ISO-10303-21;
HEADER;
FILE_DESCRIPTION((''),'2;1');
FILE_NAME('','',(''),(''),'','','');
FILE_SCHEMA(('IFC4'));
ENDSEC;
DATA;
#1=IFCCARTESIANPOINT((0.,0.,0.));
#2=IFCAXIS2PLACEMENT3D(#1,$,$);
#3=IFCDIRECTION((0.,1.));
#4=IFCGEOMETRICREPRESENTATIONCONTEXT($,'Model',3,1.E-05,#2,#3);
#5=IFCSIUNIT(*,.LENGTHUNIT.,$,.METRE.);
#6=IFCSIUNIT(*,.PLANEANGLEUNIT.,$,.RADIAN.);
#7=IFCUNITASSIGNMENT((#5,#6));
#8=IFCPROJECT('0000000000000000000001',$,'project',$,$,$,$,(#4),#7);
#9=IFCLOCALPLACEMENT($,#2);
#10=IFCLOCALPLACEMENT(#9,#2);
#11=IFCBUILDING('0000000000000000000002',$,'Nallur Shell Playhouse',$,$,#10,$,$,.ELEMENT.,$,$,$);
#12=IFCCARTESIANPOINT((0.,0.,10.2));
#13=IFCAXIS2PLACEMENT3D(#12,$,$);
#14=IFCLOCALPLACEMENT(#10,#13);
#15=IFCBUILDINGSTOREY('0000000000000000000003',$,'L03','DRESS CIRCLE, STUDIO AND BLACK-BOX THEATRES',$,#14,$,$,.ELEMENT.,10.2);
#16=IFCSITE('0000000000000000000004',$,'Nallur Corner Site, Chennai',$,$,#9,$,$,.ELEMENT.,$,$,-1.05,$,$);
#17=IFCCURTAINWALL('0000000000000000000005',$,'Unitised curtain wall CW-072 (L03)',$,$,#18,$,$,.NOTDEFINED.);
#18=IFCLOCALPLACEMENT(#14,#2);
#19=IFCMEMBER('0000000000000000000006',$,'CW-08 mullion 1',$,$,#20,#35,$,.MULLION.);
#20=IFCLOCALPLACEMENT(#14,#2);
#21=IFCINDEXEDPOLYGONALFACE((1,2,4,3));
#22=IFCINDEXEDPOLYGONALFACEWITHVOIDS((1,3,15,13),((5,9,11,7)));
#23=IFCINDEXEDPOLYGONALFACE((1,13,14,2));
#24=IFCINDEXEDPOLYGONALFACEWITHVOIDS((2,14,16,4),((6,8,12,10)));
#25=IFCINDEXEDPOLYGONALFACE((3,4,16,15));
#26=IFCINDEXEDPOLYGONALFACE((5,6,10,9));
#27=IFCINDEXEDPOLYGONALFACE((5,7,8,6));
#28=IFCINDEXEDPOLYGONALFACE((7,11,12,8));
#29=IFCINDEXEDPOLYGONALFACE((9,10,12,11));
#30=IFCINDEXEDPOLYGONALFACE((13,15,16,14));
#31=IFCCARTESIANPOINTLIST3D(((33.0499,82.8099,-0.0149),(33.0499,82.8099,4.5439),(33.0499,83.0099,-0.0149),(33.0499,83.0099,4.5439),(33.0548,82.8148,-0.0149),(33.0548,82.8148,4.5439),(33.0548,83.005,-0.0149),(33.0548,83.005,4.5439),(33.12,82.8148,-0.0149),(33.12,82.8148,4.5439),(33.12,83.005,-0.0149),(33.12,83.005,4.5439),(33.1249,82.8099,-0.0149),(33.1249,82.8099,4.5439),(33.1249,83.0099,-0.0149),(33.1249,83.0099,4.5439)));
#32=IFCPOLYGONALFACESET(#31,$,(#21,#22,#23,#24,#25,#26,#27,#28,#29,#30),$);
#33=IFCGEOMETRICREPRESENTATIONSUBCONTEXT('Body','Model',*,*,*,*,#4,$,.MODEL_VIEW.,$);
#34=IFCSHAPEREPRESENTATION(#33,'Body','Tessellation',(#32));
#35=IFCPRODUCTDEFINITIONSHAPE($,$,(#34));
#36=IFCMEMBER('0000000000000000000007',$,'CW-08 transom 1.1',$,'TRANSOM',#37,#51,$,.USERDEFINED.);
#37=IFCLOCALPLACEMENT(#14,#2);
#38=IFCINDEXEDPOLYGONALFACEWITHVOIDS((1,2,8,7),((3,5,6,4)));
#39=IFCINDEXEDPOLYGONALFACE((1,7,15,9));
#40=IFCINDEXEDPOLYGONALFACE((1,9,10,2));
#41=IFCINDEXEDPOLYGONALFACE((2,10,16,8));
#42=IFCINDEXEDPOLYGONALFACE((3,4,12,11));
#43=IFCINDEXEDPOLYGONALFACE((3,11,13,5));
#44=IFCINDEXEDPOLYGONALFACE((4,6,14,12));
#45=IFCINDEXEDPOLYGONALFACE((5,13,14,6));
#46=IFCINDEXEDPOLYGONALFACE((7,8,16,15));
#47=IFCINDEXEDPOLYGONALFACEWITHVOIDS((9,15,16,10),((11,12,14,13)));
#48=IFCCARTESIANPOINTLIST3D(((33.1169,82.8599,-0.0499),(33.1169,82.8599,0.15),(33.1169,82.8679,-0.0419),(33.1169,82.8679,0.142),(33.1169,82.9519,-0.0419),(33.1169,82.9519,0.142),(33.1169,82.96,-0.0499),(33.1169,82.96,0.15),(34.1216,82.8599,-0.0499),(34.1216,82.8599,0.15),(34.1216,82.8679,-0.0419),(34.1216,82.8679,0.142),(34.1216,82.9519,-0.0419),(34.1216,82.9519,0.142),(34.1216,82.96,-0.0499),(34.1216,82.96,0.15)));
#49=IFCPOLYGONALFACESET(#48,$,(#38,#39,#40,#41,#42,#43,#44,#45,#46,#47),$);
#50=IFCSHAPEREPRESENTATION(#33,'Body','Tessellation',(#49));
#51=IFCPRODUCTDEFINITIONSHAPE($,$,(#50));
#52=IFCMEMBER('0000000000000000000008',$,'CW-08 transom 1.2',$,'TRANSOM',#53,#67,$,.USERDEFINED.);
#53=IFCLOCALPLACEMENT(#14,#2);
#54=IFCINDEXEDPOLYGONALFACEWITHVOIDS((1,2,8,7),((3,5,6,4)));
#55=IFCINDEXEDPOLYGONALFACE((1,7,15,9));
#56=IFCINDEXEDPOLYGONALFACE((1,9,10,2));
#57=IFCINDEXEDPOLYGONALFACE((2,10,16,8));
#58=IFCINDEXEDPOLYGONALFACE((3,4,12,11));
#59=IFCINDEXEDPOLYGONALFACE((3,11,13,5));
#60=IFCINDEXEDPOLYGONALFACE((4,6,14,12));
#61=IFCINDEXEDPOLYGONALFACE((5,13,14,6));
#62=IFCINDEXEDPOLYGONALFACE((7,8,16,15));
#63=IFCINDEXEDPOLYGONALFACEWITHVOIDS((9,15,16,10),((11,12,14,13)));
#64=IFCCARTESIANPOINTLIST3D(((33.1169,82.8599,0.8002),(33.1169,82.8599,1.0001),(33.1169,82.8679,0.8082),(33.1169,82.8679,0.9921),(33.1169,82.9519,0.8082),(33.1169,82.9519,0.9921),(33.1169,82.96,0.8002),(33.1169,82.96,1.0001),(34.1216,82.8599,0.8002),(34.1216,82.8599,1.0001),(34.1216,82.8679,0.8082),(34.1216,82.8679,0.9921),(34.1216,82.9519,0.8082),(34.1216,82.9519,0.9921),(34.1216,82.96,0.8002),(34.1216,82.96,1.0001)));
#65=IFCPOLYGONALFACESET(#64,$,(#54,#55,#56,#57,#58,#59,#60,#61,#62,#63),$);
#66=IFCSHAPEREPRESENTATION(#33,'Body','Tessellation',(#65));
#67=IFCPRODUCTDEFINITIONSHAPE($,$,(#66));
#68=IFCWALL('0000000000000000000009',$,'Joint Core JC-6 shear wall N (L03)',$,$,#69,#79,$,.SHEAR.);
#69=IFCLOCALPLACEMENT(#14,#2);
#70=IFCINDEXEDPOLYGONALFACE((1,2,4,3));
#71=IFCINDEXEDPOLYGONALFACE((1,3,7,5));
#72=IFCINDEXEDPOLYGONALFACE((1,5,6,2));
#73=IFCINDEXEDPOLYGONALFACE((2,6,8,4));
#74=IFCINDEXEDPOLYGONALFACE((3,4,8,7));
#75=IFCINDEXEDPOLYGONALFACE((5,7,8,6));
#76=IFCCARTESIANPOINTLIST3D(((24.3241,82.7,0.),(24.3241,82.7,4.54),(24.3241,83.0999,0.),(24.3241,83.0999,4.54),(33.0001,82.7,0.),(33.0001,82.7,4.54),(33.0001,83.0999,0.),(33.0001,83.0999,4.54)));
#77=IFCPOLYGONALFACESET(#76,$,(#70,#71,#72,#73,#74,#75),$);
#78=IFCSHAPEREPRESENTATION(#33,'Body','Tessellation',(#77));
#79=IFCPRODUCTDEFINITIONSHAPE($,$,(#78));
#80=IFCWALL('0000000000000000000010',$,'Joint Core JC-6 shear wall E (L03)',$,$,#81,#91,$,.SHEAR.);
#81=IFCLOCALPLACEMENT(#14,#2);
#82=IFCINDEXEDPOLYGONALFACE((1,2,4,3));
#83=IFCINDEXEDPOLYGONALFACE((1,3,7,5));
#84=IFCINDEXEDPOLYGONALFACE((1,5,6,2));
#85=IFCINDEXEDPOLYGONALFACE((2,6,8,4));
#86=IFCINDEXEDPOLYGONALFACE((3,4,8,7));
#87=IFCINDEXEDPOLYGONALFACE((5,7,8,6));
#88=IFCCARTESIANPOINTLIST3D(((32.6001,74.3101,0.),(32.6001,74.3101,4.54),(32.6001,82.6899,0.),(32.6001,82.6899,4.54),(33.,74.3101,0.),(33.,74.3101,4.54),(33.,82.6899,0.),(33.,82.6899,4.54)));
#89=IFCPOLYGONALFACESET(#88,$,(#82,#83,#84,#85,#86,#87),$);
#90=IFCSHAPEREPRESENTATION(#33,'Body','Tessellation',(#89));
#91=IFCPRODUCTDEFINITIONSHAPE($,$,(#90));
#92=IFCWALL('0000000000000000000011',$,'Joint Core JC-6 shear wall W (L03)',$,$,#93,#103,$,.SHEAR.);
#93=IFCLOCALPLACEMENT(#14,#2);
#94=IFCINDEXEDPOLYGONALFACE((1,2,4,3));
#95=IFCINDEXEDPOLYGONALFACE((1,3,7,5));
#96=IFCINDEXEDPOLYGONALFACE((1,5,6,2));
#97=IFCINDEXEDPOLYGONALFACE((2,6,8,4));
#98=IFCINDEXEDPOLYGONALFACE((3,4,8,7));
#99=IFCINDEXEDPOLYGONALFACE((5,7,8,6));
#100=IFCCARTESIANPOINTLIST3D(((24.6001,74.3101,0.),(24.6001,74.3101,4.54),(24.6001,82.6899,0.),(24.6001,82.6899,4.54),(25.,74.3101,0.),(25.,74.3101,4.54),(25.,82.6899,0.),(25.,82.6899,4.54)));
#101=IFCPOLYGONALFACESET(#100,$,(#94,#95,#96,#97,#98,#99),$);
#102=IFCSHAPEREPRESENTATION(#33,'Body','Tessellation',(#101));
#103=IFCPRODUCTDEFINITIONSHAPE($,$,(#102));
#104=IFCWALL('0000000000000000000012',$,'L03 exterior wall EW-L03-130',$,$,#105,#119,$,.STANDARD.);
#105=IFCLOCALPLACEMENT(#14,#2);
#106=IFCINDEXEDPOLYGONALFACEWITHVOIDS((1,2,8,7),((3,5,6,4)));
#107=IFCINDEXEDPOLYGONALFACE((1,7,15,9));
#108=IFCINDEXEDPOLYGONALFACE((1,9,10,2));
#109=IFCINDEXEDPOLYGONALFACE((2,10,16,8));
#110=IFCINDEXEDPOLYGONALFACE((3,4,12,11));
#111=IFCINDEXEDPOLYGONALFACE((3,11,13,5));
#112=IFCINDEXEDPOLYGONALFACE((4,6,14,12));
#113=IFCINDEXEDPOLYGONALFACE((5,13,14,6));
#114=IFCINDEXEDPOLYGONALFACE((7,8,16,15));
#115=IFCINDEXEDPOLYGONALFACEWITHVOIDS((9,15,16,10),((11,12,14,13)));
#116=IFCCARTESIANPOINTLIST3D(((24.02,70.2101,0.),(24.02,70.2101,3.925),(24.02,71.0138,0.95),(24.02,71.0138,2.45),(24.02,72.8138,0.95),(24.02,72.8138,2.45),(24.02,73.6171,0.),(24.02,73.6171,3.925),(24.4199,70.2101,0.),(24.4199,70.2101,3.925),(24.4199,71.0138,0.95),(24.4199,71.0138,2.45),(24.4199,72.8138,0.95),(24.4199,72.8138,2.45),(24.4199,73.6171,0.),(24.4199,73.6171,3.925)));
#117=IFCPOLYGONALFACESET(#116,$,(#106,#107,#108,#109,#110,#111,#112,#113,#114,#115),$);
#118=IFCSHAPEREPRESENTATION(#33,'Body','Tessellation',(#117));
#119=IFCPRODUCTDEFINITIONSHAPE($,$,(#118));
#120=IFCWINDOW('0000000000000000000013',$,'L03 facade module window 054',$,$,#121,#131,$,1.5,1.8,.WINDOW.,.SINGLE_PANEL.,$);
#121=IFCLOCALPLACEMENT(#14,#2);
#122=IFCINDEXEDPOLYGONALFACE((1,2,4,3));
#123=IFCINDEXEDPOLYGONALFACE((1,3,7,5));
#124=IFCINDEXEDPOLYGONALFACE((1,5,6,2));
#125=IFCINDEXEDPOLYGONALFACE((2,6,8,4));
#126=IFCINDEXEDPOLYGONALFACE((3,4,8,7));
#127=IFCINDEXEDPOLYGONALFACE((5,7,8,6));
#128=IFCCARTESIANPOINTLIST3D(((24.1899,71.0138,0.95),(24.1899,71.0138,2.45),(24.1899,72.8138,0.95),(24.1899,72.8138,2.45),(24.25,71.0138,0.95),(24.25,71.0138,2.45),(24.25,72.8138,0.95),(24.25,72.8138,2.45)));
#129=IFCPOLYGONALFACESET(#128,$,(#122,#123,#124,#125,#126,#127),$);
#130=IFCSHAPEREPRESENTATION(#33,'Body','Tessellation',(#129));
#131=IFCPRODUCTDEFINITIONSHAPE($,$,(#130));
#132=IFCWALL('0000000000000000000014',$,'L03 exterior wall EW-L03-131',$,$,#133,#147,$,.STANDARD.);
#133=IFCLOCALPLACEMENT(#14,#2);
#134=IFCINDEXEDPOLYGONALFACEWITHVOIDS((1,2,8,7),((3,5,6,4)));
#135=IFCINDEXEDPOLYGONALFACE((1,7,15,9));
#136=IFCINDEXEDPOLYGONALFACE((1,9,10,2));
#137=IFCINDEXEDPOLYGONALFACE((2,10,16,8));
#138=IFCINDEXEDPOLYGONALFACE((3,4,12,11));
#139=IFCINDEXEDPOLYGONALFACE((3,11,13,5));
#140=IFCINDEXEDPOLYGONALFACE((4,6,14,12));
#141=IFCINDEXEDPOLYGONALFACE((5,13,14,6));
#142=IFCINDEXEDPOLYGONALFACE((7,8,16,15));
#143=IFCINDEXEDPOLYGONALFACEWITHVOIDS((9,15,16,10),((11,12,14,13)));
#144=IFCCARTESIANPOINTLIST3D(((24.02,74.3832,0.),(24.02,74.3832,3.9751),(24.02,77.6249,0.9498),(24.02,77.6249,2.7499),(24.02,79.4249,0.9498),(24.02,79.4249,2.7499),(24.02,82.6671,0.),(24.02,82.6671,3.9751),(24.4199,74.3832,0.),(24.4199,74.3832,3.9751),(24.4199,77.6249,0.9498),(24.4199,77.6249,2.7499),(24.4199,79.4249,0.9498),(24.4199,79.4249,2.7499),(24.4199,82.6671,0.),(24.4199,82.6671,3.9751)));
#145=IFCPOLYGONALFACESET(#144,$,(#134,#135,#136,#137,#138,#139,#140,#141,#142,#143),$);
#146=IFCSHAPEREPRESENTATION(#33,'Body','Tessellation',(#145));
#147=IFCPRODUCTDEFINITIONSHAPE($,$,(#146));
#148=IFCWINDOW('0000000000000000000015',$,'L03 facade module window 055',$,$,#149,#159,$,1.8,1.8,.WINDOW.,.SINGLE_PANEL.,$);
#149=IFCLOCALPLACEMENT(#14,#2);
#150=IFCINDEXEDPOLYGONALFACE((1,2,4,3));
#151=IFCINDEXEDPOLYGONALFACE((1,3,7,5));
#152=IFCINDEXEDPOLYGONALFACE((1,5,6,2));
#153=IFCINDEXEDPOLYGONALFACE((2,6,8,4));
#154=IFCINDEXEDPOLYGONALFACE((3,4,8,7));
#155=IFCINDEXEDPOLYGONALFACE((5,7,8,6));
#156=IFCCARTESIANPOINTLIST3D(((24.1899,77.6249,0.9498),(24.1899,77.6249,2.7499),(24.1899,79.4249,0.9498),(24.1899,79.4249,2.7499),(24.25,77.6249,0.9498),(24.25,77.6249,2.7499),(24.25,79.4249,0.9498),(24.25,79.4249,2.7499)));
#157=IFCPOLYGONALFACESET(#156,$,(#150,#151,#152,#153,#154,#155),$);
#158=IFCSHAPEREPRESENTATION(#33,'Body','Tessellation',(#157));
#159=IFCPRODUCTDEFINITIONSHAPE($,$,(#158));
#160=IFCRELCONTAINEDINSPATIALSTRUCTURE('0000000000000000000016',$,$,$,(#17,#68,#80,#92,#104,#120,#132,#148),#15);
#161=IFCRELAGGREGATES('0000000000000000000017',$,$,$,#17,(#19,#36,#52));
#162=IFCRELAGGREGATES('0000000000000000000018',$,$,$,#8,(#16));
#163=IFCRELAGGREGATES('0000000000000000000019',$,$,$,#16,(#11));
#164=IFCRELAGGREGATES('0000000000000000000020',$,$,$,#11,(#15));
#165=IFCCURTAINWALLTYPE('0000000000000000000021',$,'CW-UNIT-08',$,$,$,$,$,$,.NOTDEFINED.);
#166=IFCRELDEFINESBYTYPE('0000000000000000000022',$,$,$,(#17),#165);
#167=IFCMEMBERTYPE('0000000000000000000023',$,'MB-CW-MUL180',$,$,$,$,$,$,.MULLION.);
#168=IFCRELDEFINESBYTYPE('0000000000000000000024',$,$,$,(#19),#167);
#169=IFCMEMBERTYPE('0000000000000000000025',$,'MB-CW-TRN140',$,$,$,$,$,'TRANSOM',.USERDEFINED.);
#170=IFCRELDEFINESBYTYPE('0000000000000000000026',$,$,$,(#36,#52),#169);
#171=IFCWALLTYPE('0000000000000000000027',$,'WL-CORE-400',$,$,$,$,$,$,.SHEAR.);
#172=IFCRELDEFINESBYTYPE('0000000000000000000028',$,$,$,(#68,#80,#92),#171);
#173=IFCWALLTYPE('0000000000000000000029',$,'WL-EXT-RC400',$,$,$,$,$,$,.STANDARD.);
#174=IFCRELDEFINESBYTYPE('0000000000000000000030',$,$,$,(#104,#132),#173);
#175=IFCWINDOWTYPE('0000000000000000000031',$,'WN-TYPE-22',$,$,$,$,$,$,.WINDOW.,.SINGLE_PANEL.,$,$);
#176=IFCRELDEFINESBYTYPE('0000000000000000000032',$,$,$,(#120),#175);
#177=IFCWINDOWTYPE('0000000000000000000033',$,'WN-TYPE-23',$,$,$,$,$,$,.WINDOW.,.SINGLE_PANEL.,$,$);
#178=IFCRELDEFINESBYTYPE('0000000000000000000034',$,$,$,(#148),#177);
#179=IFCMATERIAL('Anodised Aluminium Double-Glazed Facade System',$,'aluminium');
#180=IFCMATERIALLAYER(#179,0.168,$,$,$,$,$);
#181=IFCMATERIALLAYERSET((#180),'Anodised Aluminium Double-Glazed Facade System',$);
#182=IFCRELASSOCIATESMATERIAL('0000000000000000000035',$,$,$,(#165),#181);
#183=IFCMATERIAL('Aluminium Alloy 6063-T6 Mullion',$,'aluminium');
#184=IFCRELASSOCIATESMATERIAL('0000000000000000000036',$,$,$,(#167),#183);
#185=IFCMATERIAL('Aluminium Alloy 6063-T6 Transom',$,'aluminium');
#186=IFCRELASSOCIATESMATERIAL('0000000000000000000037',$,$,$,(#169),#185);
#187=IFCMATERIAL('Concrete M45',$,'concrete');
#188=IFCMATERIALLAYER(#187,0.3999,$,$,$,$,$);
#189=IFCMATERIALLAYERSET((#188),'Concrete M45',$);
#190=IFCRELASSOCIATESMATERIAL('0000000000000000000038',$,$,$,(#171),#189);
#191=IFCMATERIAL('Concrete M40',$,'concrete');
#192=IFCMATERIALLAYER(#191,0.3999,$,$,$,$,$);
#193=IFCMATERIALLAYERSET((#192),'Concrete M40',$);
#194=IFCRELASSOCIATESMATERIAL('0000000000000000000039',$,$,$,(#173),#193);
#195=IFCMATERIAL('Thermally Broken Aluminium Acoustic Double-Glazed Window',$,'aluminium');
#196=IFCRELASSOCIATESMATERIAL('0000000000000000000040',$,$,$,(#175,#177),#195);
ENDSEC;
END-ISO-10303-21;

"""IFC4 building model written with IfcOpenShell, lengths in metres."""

from ifc_helpers import new_model, si_unit, direction, frame, frame_2d, origin, origin_2d, place, context, subcontext, project, spatial, rectangle, hollow_rectangle, extrude, material, layer, layer_set, material_profile, profile_set, type_object, element, fill, aggregate, save


model = new_model("IFC4")

# Units and contexts
model_context = context("Model", 3, precision=1e-05, world=origin(), true_north=direction((0.0, 1.0)))
body_context = subcontext(model_context, "Body", "Model", "MODEL_VIEW")
ifc_project = project(units=[si_unit("LENGTHUNIT", "METRE"), si_unit("PLANEANGLEUNIT", "RADIAN")], contexts=[model_context])

# Site, building, storey
site_placement = place(None, origin())
site = spatial("IfcSite", under=ifc_project, at=site_placement, Name="Nallur Corner Site, Chennai", CompositionType="ELEMENT", RefElevation=-1.05)
building_placement = place(site_placement, origin())
building = spatial("IfcBuilding", under=site, at=building_placement, Name="Nallur Shell Playhouse", CompositionType="ELEMENT")
storey_placement = place(building_placement, frame((0.0, 0.0, 10.2)))
storey = spatial("IfcBuildingStorey", under=building, at=storey_placement, Name="L03", Description="DRESS CIRCLE, STUDIO AND BLACK-BOX THEATRES", CompositionType="ELEMENT", Elevation=10.2)

# Shared definitions
ifc_material_1 = material(Name="Concrete M40", Category="concrete")

# Curtain wall, members
ifc_material_2 = material(Name="Anodised Aluminium Double-Glazed Facade System", Category="aluminium")
ifc_layer_1 = layer(ifc_material_2, 0.168)
ifc_layer_set_1 = layer_set([ifc_layer_1], Name="Anodised Aluminium Double-Glazed Facade System")
curtain_wall_type = type_object("IfcCurtainWallType", Name="CW-UNIT-08", PredefinedType="NOTDEFINED", material=ifc_layer_set_1)
curtain_wall_placement = place(storey_placement, origin())
curtain_wall = element("IfcCurtainWall", 1, at=curtain_wall_placement, inside=storey, type_object=curtain_wall_type, Name="Unitised curtain wall CW-072 (L03)", PredefinedType="NOTDEFINED")
ifc_material_3 = material(Name="Aluminium Alloy 6063-T6 Mullion", Category="aluminium")
ifc_material_profile_1 = material_profile(ifc_material_3, hollow_rectangle(XDim=0.075, YDim=0.2, WallThickness=0.0049, at=origin_2d()), Name="ALU 75x200x5")
ifc_profile_set_1 = profile_set([ifc_material_profile_1], Name="Aluminium Alloy 6063-T6 Mullion")
member_type_1 = type_object("IfcMemberType", Name="MB-CW-MUL180", PredefinedType="MULLION", material=ifc_profile_set_1)
member_1_placement = place(storey_placement, frame((33.0874, 82.9099, -0.0149), z_axis=(0.0, 0.0, 1.0), x_axis=(1.0, 0.0, 0.0)))
member_1 = element("IfcMember", 2, at=member_1_placement, type_object=member_type_1, Name="CW-08 mullion 1", PredefinedType="MULLION", context=body_context, shape_type="SweptSolid", body=[
    extrude(hollow_rectangle(XDim=0.075, YDim=0.2, WallThickness=0.0049, at=origin_2d()), origin(), (0.0, 0.0, 1.0), 4.5588),
])
ifc_material_4 = material(Name="Aluminium Alloy 6063-T6 Transom", Category="aluminium")
ifc_material_profile_2 = material_profile(ifc_material_4, hollow_rectangle(XDim=0.1001, YDim=0.2, WallThickness=0.0081, at=origin_2d()), Name="RHS 200x100x8")
ifc_profile_set_2 = profile_set([ifc_material_profile_2], Name="Aluminium Alloy 6063-T6 Transom")
member_type_2 = type_object("IfcMemberType", Name="MB-CW-TRN140", ElementType="TRANSOM", PredefinedType="USERDEFINED", material=ifc_profile_set_2)
member_2_placement = place(storey_placement, frame((33.1169, 82.9099, 0.05), z_axis=(1.0, 0.0, 0.0), x_axis=(0.0, 1.0, 0.0)))
member_2 = element("IfcMember", 3, at=member_2_placement, type_object=member_type_2, Name="CW-08 transom 1.1", ObjectType="TRANSOM", PredefinedType="USERDEFINED", context=body_context, shape_type="SweptSolid", body=[
    extrude(hollow_rectangle(XDim=0.1001, YDim=0.2, WallThickness=0.0081, at=origin_2d()), origin(), (0.0, 0.0, 1.0), 1.0046),
])
member_3_placement = place(storey_placement, frame((33.1169, 82.9099, 0.9001), z_axis=(1.0, 0.0, 0.0), x_axis=(0.0, 1.0, 0.0)))
member_3 = element("IfcMember", 4, at=member_3_placement, type_object=member_type_2, Name="CW-08 transom 1.2", ObjectType="TRANSOM", PredefinedType="USERDEFINED", context=body_context, shape_type="SweptSolid", body=[
    extrude(hollow_rectangle(XDim=0.1001, YDim=0.2, WallThickness=0.0081, at=origin_2d()), origin(), (0.0, 0.0, 1.0), 1.0046),
])
aggregate(curtain_wall, [member_1, member_2, member_3])

# Shared definitions
ifc_material_5 = material(Name="Concrete M45", Category="concrete")
ifc_layer_2 = layer(ifc_material_5, 0.3999)
ifc_layer_set_2 = layer_set([ifc_layer_2], Name="Concrete M45")
wall_type_1 = type_object("IfcWallType", Name="WL-CORE-400", PredefinedType="SHEAR", material=ifc_layer_set_2)

# Walls
wall_1_placement = place(storey_placement, frame((33.0, 82.8999, 0.0), z_axis=(0.0, 0.0, 1.0), x_axis=(-1.0, 0.0, 0.0)))
element("IfcWall", 5, at=wall_1_placement, inside=storey, type_object=wall_type_1, Name="Joint Core JC-6 shear wall N (L03)", PredefinedType="SHEAR", context=body_context, shape_type="SweptSolid", body=[
    extrude(rectangle(XDim=8.676, YDim=0.3999, at=frame_2d((4.3379, 0.0))), origin(), (0.0, 0.0, 1.0), 4.54),
])
for number, where, z_axis, x_axis, name in (
    (6, (32.8, 74.3101, 0.0), (0.0, 0.0, 1.0), (0.0, 1.0, 0.0), "Joint Core JC-6 shear wall E (L03)"),
    (7, (24.8, 82.6899, 0.0), (0.0, 0.0, 1.0), (0.0, -1.0, 0.0), "Joint Core JC-6 shear wall W (L03)"),
):
    element("IfcWall", number, at=place(storey_placement, frame(where, z_axis=z_axis, x_axis=x_axis)), inside=storey, type_object=wall_type_1, Name=name, PredefinedType="SHEAR", context=body_context, shape_type="SweptSolid", body=[
        extrude(rectangle(XDim=8.3799, YDim=0.3999, at=frame_2d((4.1899, 0.0))), origin(), (0.0, 0.0, 1.0), 4.54),
    ])

# Walls, openings, windows
ifc_layer_3 = layer(ifc_material_1, 0.3999)
ifc_layer_set_3 = layer_set([ifc_layer_3], Name="Concrete M40")
wall_type_2 = type_object("IfcWallType", Name="WL-EXT-RC400", PredefinedType="STANDARD", material=ifc_layer_set_3)
wall_2_placement = place(storey_placement, frame((24.22, 70.21, 0.0), z_axis=(0.0, 0.0, 1.0), x_axis=(0.0, 1.0, 0.0)))
wall_2 = element("IfcWall", 8, at=wall_2_placement, inside=storey, type_object=wall_type_2, Name="L03 exterior wall EW-L03-130", PredefinedType="STANDARD", context=body_context, shape_type="SweptSolid", body=[
    extrude(rectangle(XDim=3.407, YDim=0.3999, at=frame_2d((1.7036, 0.0))), origin(), (0.0, 0.0, 1.0), 3.925),
])
opening_1_placement = place(wall_2_placement, frame((0.804, 0.0, 0.95)))
opening_1 = element("IfcOpeningElement", 9, at=opening_1_placement, cuts=wall_2, PredefinedType="OPENING", context=body_context, shape_type="SweptSolid", body=[
    extrude(rectangle(XDim=1.8, YDim=1.5, at=frame_2d((0.8999, 0.75))), frame((0.0, 0.21, 0.0), z_axis=(0.0, -1.0, 0.0), x_axis=(1.0, 0.0, 0.0)), (0.0, 0.0, 1.0), 0.4199),
])
ifc_material_6 = material(Name="Thermally Broken Aluminium Acoustic Double-Glazed Window", Category="aluminium")
window_type_1 = type_object("IfcWindowType", Name="WN-TYPE-22", PartitioningType="SINGLE_PANEL", PredefinedType="WINDOW", material=ifc_material_6)
window_1_placement = place(opening_1_placement, origin())
window_1 = element("IfcWindow", 10, at=window_1_placement, inside=storey, type_object=window_type_1, Name="L03 facade module window 054", OverallHeight=1.5, OverallWidth=1.8, PartitioningType="SINGLE_PANEL", PredefinedType="WINDOW", context=body_context, shape_type="SweptSolid", body=[
    extrude(rectangle(XDim=1.8, YDim=1.5, at=frame_2d((0.8999, 0.75))), frame((0.0, 0.03, 0.0), z_axis=(0.0, -1.0, 0.0), x_axis=(1.0, 0.0, 0.0)), (0.0, 0.0, 1.0), 0.0601),
])
fill(opening_1, window_1)
wall_3_placement = place(storey_placement, frame((24.22, 74.3831, 0.0), z_axis=(0.0, 0.0, 1.0), x_axis=(0.0, 1.0, 0.0)))
wall_3 = element("IfcWall", 11, at=wall_3_placement, inside=storey, type_object=wall_type_2, Name="L03 exterior wall EW-L03-131", PredefinedType="STANDARD", context=body_context, shape_type="SweptSolid", body=[
    extrude(rectangle(XDim=8.2839, YDim=0.3999, at=frame_2d((4.1421, 0.0))), origin(), (0.0, 0.0, 1.0), 3.9751),
])
opening_2_placement = place(wall_3_placement, frame((3.2419, 0.0, 0.95)))
opening_2 = element("IfcOpeningElement", 12, at=opening_2_placement, cuts=wall_3, PredefinedType="OPENING", context=body_context, shape_type="SweptSolid", body=[
    extrude(rectangle(XDim=1.8, YDim=1.8, at=frame_2d((0.8999, 0.8999))), frame((0.0, 0.21, 0.0), z_axis=(0.0, -1.0, 0.0), x_axis=(1.0, 0.0, 0.0)), (0.0, 0.0, 1.0), 0.4199),
])
window_type_2 = type_object("IfcWindowType", Name="WN-TYPE-23", PartitioningType="SINGLE_PANEL", PredefinedType="WINDOW", material=ifc_material_6)
window_2_placement = place(opening_2_placement, origin())
window_2 = element("IfcWindow", 13, at=window_2_placement, inside=storey, type_object=window_type_2, Name="L03 facade module window 055", OverallHeight=1.8, OverallWidth=1.8, PartitioningType="SINGLE_PANEL", PredefinedType="WINDOW", context=body_context, shape_type="SweptSolid", body=[
    extrude(rectangle(XDim=1.8, YDim=1.8, at=frame_2d((0.8999, 0.8999))), frame((0.0, 0.03, 0.0), z_axis=(0.0, -1.0, 0.0), x_axis=(1.0, 0.0, 0.0)), (0.0, 0.0, 1.0), 0.0601),
])
fill(opening_2, window_2)

save(model, "model.ifc")
